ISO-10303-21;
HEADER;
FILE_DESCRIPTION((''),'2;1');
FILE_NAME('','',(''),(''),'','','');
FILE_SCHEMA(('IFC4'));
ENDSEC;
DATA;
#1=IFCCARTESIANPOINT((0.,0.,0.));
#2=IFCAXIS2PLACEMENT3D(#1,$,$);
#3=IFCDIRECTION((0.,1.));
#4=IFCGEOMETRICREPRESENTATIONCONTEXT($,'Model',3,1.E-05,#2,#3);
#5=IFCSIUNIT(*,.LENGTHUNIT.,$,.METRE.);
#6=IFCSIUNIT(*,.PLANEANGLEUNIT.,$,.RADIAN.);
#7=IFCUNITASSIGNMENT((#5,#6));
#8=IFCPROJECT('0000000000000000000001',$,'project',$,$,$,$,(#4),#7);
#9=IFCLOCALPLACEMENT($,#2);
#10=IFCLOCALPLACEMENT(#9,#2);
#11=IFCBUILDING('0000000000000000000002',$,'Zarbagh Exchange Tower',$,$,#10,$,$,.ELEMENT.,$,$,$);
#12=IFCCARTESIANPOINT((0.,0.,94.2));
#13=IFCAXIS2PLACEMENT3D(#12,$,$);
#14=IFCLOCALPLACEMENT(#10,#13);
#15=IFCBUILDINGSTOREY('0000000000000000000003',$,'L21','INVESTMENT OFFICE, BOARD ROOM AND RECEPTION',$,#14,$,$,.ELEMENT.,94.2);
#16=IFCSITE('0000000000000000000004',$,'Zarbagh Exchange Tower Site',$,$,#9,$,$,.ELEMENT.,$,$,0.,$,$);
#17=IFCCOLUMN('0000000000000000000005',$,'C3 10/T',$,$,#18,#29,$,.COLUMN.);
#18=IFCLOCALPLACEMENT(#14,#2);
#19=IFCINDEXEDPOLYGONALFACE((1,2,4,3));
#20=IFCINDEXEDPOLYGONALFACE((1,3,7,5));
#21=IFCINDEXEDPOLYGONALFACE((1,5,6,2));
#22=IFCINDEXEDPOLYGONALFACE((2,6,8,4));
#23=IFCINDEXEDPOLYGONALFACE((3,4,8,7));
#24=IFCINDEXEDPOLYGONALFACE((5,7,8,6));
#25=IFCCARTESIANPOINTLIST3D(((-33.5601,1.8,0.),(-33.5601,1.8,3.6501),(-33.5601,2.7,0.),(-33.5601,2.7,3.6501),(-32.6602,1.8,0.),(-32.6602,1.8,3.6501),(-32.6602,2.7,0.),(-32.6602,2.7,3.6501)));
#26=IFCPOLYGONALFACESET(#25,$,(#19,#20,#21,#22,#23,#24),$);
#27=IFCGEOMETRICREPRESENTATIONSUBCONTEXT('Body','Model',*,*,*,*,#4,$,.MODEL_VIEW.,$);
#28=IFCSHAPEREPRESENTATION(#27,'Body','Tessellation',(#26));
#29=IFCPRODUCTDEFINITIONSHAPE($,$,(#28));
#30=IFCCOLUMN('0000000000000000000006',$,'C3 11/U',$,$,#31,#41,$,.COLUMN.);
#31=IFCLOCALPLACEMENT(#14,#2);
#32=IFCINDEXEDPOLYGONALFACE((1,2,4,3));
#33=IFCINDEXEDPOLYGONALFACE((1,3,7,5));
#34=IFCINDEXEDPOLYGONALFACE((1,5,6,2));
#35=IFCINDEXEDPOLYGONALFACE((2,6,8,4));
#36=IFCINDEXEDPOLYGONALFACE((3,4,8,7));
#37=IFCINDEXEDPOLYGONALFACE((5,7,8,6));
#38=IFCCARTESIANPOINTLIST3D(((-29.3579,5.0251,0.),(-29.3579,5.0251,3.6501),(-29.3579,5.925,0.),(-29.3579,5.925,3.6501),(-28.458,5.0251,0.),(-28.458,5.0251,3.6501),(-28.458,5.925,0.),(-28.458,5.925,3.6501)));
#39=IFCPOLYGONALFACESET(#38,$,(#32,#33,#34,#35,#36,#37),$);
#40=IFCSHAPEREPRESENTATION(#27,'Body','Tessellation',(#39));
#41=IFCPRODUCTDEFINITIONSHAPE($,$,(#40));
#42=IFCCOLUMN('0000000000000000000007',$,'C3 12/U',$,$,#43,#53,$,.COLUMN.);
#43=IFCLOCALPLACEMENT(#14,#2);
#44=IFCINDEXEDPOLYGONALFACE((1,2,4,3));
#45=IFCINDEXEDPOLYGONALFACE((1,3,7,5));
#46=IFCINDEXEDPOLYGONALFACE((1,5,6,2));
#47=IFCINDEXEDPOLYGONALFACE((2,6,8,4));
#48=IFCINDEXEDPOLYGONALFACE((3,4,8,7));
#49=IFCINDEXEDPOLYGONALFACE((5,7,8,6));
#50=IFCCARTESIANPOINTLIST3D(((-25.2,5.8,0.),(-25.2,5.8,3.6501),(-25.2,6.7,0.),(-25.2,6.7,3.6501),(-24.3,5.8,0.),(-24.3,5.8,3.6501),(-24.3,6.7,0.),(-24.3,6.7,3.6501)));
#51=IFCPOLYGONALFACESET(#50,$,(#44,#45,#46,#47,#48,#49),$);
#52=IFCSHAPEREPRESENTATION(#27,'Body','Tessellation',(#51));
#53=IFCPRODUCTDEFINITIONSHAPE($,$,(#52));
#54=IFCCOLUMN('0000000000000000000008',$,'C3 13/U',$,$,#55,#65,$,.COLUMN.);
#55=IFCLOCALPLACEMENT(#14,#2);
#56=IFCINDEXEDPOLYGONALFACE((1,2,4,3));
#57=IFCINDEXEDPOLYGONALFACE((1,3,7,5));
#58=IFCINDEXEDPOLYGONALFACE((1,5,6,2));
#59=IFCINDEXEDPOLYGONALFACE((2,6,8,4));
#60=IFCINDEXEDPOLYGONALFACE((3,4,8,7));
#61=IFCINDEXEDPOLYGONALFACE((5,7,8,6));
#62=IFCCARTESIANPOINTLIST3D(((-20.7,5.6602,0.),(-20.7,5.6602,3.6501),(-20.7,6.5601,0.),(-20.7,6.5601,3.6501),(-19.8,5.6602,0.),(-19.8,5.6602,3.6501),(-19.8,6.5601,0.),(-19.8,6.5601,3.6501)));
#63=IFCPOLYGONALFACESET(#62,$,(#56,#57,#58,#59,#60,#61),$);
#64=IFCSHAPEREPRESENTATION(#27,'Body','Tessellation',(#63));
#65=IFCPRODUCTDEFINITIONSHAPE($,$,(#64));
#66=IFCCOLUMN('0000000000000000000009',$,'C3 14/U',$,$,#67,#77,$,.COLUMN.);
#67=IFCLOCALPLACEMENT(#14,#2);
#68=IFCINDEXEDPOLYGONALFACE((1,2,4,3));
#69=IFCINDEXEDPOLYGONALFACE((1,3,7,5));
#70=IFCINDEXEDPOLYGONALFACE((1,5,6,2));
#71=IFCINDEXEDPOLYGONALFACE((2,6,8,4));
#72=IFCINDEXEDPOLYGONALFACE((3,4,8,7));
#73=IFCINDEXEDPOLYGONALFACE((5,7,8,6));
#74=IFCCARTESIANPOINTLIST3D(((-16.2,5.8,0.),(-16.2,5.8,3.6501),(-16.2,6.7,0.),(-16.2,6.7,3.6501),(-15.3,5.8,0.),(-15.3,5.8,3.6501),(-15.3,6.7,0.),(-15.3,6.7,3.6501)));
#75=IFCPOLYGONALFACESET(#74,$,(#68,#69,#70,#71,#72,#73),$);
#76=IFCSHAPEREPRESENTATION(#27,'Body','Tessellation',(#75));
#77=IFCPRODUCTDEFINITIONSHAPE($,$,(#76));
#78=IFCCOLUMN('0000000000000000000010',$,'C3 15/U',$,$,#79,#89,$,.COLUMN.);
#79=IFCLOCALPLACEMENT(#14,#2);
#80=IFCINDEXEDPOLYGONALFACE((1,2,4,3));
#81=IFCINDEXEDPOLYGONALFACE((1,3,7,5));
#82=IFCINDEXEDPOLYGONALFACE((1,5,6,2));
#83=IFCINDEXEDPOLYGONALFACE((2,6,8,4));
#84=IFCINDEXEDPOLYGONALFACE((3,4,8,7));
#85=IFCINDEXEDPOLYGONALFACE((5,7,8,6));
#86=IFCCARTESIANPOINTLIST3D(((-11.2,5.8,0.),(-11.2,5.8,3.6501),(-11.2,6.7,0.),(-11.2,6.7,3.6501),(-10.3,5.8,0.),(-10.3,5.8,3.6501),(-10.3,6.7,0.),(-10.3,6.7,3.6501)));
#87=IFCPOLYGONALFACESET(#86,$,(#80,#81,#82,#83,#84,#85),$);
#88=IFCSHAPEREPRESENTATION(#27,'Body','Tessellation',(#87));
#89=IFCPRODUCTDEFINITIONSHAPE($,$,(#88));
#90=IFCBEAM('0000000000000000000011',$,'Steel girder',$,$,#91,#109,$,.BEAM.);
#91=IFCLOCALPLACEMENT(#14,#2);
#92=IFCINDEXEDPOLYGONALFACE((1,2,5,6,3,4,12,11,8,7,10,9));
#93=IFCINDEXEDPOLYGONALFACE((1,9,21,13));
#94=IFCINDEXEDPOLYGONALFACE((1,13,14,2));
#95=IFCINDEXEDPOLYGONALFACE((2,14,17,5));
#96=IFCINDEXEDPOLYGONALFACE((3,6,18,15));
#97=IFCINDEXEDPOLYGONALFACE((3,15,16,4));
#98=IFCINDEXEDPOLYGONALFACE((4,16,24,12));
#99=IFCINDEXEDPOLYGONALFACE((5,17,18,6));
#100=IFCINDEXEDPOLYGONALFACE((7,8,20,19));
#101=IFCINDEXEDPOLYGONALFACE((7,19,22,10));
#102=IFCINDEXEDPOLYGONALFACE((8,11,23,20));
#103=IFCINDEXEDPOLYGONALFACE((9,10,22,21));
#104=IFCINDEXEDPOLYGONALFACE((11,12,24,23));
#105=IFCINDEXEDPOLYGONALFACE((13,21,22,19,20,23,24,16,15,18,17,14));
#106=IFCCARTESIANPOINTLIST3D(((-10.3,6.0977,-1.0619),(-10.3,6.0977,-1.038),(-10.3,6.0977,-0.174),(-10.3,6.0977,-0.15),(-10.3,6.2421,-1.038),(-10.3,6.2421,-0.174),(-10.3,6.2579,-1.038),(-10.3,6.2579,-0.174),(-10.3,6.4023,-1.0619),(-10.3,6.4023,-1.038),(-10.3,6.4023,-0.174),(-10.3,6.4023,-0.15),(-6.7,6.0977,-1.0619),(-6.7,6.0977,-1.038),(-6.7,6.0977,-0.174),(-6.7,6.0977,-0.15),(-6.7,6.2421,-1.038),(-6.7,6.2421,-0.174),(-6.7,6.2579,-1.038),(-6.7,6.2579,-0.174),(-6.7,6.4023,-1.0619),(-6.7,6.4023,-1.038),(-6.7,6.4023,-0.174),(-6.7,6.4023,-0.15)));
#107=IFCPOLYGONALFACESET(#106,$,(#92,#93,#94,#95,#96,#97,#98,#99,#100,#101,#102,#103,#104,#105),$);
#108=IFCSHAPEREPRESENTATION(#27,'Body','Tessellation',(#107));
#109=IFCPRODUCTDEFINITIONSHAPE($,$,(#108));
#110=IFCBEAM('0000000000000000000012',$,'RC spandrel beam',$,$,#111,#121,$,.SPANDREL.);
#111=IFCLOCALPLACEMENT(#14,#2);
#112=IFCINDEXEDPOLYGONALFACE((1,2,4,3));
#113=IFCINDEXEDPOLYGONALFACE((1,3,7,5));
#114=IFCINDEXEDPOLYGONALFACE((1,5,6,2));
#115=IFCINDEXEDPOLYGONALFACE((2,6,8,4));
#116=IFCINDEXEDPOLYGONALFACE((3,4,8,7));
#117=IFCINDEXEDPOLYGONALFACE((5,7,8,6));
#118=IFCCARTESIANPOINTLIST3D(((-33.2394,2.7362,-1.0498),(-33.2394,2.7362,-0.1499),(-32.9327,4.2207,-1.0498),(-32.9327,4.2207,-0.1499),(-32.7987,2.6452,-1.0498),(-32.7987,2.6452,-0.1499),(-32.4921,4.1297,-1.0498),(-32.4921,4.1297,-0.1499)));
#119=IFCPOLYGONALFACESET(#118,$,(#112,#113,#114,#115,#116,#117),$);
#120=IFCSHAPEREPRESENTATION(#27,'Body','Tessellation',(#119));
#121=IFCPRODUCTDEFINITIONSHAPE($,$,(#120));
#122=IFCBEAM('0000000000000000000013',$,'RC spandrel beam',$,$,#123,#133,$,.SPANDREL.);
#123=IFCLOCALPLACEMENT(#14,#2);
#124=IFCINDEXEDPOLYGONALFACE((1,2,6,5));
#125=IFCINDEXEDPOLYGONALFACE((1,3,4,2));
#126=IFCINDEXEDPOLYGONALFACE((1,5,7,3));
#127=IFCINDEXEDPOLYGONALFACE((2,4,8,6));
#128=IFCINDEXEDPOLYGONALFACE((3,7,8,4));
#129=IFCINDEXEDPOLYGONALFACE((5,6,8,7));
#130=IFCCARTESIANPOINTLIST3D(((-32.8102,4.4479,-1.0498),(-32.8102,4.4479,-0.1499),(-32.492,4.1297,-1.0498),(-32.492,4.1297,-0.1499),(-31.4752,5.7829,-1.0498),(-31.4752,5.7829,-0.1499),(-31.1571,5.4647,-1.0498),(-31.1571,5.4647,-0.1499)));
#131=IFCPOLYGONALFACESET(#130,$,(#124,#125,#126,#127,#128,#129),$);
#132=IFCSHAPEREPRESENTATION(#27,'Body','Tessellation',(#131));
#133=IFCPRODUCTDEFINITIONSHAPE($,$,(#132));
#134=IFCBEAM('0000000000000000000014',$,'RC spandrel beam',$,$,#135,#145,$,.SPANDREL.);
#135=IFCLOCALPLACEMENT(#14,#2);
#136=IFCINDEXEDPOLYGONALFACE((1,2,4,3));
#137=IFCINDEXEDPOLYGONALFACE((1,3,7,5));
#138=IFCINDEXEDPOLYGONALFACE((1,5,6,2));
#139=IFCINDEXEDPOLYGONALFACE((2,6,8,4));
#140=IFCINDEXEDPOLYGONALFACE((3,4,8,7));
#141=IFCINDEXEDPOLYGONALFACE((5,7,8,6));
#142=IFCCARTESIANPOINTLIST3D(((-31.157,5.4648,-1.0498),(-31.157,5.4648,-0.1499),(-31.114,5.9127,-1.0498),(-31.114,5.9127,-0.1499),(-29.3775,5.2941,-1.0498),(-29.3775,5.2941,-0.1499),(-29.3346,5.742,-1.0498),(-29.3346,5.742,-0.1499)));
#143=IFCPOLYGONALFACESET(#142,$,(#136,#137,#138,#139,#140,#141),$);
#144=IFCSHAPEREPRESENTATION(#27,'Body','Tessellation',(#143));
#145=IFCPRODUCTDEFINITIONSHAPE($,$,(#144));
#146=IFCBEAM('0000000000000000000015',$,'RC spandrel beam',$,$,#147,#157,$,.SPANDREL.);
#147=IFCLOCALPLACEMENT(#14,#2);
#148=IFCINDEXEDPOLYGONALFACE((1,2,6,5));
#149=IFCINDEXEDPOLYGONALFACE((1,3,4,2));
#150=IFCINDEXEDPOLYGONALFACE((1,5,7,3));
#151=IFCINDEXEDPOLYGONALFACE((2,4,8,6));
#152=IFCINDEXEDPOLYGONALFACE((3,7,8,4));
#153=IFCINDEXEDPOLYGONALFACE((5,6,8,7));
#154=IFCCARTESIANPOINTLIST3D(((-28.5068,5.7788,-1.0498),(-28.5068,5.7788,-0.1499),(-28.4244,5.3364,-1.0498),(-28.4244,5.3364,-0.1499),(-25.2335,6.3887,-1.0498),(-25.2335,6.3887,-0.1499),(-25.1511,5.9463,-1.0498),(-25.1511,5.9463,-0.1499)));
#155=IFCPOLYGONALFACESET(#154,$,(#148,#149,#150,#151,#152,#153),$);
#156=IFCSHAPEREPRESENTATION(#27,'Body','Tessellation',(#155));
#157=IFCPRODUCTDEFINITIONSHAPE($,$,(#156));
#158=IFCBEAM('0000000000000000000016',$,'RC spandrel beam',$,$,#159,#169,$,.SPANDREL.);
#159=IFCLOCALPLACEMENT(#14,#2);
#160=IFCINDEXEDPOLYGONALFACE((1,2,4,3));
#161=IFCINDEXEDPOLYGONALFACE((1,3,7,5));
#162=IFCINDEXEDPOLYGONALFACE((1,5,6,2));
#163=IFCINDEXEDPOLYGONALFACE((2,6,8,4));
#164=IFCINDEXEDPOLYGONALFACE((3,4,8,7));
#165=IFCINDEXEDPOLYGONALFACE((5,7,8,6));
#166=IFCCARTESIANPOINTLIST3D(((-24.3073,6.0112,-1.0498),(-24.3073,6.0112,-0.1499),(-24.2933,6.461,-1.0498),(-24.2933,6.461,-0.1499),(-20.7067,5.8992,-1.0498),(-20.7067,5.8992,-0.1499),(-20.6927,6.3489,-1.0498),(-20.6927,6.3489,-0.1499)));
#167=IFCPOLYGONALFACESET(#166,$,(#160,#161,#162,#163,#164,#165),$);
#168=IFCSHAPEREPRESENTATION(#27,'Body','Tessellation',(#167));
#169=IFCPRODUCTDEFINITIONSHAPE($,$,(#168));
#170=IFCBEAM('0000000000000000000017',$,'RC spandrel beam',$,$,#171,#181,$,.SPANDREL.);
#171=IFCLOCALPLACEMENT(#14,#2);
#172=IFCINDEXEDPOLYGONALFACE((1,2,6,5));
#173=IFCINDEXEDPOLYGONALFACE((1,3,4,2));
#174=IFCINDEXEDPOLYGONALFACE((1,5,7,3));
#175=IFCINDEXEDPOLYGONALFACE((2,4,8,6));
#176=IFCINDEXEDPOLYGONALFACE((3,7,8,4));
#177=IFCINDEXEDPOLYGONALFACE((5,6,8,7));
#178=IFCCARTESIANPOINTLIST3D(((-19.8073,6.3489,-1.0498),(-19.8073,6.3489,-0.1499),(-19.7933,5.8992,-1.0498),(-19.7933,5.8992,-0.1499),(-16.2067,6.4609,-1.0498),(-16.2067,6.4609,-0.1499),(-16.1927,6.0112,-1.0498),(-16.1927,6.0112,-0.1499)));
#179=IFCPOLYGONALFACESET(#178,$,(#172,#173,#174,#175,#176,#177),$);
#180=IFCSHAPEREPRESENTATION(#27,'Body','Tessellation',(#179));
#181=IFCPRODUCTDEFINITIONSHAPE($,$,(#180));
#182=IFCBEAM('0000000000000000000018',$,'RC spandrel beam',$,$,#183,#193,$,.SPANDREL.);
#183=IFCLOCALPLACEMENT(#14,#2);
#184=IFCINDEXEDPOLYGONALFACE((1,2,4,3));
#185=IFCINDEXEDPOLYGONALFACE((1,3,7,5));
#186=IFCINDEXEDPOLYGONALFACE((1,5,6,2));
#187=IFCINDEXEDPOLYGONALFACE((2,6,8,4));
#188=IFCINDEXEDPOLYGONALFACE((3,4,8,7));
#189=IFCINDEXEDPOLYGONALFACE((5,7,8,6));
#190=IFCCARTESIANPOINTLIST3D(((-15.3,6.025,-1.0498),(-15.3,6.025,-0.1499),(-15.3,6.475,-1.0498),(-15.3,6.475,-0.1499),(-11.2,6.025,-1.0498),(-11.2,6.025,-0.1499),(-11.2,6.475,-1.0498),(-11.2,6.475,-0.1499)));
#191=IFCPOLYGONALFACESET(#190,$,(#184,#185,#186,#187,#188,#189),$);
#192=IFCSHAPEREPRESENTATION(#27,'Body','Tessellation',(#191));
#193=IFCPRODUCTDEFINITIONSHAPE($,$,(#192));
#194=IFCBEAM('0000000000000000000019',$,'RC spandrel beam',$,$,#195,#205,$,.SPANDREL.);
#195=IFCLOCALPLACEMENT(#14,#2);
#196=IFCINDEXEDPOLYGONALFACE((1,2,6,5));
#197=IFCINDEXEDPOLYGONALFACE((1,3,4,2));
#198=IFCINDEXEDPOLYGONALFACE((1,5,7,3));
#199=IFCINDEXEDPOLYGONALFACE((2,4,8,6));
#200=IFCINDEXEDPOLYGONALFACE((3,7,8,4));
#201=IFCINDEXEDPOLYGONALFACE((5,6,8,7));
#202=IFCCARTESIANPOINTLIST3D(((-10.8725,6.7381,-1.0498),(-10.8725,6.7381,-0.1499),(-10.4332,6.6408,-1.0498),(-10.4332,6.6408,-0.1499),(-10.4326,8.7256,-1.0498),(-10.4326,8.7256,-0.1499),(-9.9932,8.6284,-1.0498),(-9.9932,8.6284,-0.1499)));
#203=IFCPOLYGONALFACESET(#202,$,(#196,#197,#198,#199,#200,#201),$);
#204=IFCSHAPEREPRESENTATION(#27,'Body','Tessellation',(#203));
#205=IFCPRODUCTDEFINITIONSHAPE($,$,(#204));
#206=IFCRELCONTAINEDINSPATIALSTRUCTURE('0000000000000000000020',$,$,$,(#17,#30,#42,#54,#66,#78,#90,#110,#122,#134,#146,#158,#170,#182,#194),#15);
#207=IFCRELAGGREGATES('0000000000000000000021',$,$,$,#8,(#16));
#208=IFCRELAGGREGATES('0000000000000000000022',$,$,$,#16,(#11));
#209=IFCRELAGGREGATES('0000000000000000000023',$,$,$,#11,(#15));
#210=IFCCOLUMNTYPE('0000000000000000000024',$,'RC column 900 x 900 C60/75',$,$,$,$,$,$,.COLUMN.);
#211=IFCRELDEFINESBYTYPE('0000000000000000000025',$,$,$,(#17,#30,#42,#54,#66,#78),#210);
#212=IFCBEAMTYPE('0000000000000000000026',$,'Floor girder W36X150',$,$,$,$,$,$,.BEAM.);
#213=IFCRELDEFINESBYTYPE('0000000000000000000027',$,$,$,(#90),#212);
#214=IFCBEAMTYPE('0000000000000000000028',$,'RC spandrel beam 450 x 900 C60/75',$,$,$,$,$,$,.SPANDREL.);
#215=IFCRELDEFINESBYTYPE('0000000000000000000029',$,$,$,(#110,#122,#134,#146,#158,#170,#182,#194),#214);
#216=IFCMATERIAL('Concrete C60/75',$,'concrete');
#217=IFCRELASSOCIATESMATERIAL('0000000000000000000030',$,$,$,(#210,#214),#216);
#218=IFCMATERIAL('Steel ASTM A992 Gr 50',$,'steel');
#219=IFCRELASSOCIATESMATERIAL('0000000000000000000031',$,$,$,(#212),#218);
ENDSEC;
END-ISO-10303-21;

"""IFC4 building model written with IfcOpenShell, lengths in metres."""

from ifc_helpers import new_model, si_unit, direction, frame, origin, origin_2d, place, context, subcontext, project, spatial, rectangle, i_section, extrude, material, material_profile, profile_set, type_object, element, save


model = new_model("IFC4")

# Units and contexts
model_context = context("Model", 3, precision=1e-05, world=origin(), true_north=direction((0.0, 1.0)))
body_context = subcontext(model_context, "Body", "Model", "MODEL_VIEW")
ifc_project = project(units=[si_unit("LENGTHUNIT", "METRE"), si_unit("PLANEANGLEUNIT", "RADIAN")], contexts=[model_context])

# Site, building, storey
site_placement = place(None, origin())
site = spatial("IfcSite", under=ifc_project, at=site_placement, Name="Zarbagh Exchange Tower Site", CompositionType="ELEMENT", RefElevation=0.0)
building_placement = place(site_placement, origin())
building = spatial("IfcBuilding", under=site, at=building_placement, Name="Zarbagh Exchange Tower", CompositionType="ELEMENT")
storey_placement = place(building_placement, frame((0.0, 0.0, 94.2)))
storey = spatial("IfcBuildingStorey", under=building, at=storey_placement, Name="L21", Description="INVESTMENT OFFICE, BOARD ROOM AND RECEPTION", CompositionType="ELEMENT", Elevation=94.2)

# Columns
ifc_material_1 = material(Name="Concrete C60/75", Category="concrete")
ifc_material_profile_1 = material_profile(ifc_material_1, rectangle(XDim=0.8999, YDim=0.8999, at=origin_2d()), Name="RC column 900 x 900 C60/75")
ifc_profile_set_1 = profile_set([ifc_material_profile_1], Name="Concrete C60/75")
column_type = type_object("IfcColumnType", Name="RC column 900 x 900 C60/75", PredefinedType="COLUMN", material=ifc_profile_set_1)
for number, where, z_axis, x_axis, name in (
    (1, (-33.1101, 2.25, 0.0), (0.0, 0.0, 1.0), (1.0, 0.0, 0.0), "C3 10/T"),
    (2, (-28.908, 5.4751, 0.0), (0.0, 0.0, 1.0), (1.0, 0.0, 0.0), "C3 11/U"),
    (3, (-24.75, 6.25, 0.0), (0.0, 0.0, 1.0), (1.0, 0.0, 0.0), "C3 12/U"),
    (4, (-20.25, 6.1101, 0.0), (0.0, 0.0, 1.0), (1.0, 0.0, 0.0), "C3 13/U"),
    (5, (-15.75, 6.25, 0.0), (0.0, 0.0, 1.0), (1.0, 0.0, 0.0), "C3 14/U"),
    (6, (-10.75, 6.25, 0.0), (0.0, 0.0, 1.0), (1.0, 0.0, 0.0), "C3 15/U"),
):
    element("IfcColumn", number, at=place(storey_placement, frame(where, z_axis=z_axis, x_axis=x_axis)), inside=storey, type_object=column_type, Name=name, PredefinedType="COLUMN", context=body_context, shape_type="SweptSolid", body=[
        extrude(rectangle(XDim=0.8999, YDim=0.8999, at=origin_2d()), origin(), (0.0, 0.0, 1.0), 3.6501),
    ])

# Beams
ifc_material_2 = material(Name="Steel ASTM A992 Gr 50", Category="steel")
ifc_material_profile_2 = material_profile(ifc_material_2, i_section(OverallWidth=0.3047, OverallDepth=0.9119, WebThickness=0.0159, FlangeThickness=0.0239, at=origin_2d()), Name="W36X150")
ifc_profile_set_2 = profile_set([ifc_material_profile_2], Name="Steel ASTM A992 Gr 50")
beam_type_1 = type_object("IfcBeamType", Name="Floor girder W36X150", PredefinedType="BEAM", material=ifc_profile_set_2)
beam_1_placement = place(storey_placement, frame((-10.3, 6.25, -0.606), z_axis=(1.0, 0.0, 0.0), x_axis=(0.0, 1.0, 0.0)))
element("IfcBeam", 7, at=beam_1_placement, inside=storey, type_object=beam_type_1, Name="Steel girder", PredefinedType="BEAM", context=body_context, shape_type="SweptSolid", body=[
    extrude(i_section(OverallWidth=0.3047, OverallDepth=0.9119, WebThickness=0.0159, FlangeThickness=0.0239, at=origin_2d()), origin(), (0.0, 0.0, 1.0), 3.6001),
])
ifc_material_profile_3 = material_profile(ifc_material_1, rectangle(XDim=0.45, YDim=0.8999, at=origin_2d()), Name="RC spandrel beam 450 x 900 C60/75")
ifc_profile_set_3 = profile_set([ifc_material_profile_3], Name="Concrete C60/75")
beam_type_2 = type_object("IfcBeamType", Name="RC spandrel beam 450 x 900 C60/75", PredefinedType="SPANDREL", material=ifc_profile_set_3)
beam_2_placement = place(storey_placement, frame((-33.019, 2.6907, -0.5999), z_axis=(0.202275, 0.979329, 0.0), x_axis=(-0.979329, 0.202275, 0.0)))
element("IfcBeam", 8, at=beam_2_placement, inside=storey, type_object=beam_type_2, Name="RC spandrel beam", PredefinedType="SPANDREL", context=body_context, shape_type="SweptSolid", body=[
    extrude(rectangle(XDim=0.45, YDim=0.8999, at=origin_2d()), origin(), (0.0, 0.0, 1.0), 1.5159),
])
beam_3_placement = place(storey_placement, frame((-32.6511, 4.2888, -0.5999), z_axis=(0.707107, 0.707107, 0.0), x_axis=(-0.707107, 0.707107, 0.0)))
element("IfcBeam", 9, at=beam_3_placement, inside=storey, type_object=beam_type_2, Name="RC spandrel beam", PredefinedType="SPANDREL", context=body_context, shape_type="SweptSolid", body=[
    extrude(rectangle(XDim=0.45, YDim=0.8999, at=origin_2d()), origin(), (0.0, 0.0, 1.0), 1.8879),
])
beam_4_placement = place(storey_placement, frame((-31.1355, 5.6887, -0.5999), z_axis=(0.995433, -0.09546, 0.0), x_axis=(0.09546, 0.995433, 0.0)))
element("IfcBeam", 10, at=beam_4_placement, inside=storey, type_object=beam_type_2, Name="RC spandrel beam", PredefinedType="SPANDREL", context=body_context, shape_type="SweptSolid", body=[
    extrude(rectangle(XDim=0.45, YDim=0.8999, at=origin_2d()), origin(), (0.0, 0.0, 1.0), 1.7876),
])
beam_5_placement = place(storey_placement, frame((-28.4656, 5.5576, -0.5999), z_axis=(0.983082, 0.183168, 0.0), x_axis=(-0.183168, 0.983082, 0.0)))
element("IfcBeam", 11, at=beam_5_placement, inside=storey, type_object=beam_type_2, Name="RC spandrel beam", PredefinedType="SPANDREL", context=body_context, shape_type="SweptSolid", body=[
    extrude(rectangle(XDim=0.45, YDim=0.8999, at=origin_2d()), origin(), (0.0, 0.0, 1.0), 3.3296),
])
for number, where, z_axis, x_axis, name in (
    (12, (-24.3003, 6.2361, -0.5999), (0.999516, -0.031108, 0.0), (0.031108, 0.999516, 0.0), "RC spandrel beam"),
    (13, (-19.8003, 6.124, -0.5999), (0.999516, 0.031108, 0.0), (-0.031108, 0.999516, 0.0), "RC spandrel beam"),
):
    element("IfcBeam", number, at=place(storey_placement, frame(where, z_axis=z_axis, x_axis=x_axis)), inside=storey, type_object=beam_type_2, Name=name, PredefinedType="SPANDREL", context=body_context, shape_type="SweptSolid", body=[
        extrude(rectangle(XDim=0.45, YDim=0.8999, at=origin_2d()), origin(), (0.0, 0.0, 1.0), 3.6023),
    ])
beam_6_placement = place(storey_placement, frame((-15.3, 6.25, -0.5999), z_axis=(1.0, 0.0, 0.0), x_axis=(0.0, 1.0, 0.0)))
element("IfcBeam", 14, at=beam_6_placement, inside=storey, type_object=beam_type_2, Name="RC spandrel beam", PredefinedType="SPANDREL", context=body_context, shape_type="SweptSolid", body=[
    extrude(rectangle(XDim=0.45, YDim=0.8999, at=origin_2d()), origin(), (0.0, 0.0, 1.0), 4.1001),
])
beam_7_placement = place(storey_placement, frame((-10.6528, 6.6895, -0.5999), z_axis=(0.216118, 0.976367, 0.0), x_axis=(-0.976367, 0.216118, 0.0)))
element("IfcBeam", 15, at=beam_7_placement, inside=storey, type_object=beam_type_2, Name="RC spandrel beam", PredefinedType="SPANDREL", context=body_context, shape_type="SweptSolid", body=[
    extrude(rectangle(XDim=0.45, YDim=0.8999, at=origin_2d()), origin(), (0.0, 0.0, 1.0), 2.0356),
])

save(model, "model.ifc")
